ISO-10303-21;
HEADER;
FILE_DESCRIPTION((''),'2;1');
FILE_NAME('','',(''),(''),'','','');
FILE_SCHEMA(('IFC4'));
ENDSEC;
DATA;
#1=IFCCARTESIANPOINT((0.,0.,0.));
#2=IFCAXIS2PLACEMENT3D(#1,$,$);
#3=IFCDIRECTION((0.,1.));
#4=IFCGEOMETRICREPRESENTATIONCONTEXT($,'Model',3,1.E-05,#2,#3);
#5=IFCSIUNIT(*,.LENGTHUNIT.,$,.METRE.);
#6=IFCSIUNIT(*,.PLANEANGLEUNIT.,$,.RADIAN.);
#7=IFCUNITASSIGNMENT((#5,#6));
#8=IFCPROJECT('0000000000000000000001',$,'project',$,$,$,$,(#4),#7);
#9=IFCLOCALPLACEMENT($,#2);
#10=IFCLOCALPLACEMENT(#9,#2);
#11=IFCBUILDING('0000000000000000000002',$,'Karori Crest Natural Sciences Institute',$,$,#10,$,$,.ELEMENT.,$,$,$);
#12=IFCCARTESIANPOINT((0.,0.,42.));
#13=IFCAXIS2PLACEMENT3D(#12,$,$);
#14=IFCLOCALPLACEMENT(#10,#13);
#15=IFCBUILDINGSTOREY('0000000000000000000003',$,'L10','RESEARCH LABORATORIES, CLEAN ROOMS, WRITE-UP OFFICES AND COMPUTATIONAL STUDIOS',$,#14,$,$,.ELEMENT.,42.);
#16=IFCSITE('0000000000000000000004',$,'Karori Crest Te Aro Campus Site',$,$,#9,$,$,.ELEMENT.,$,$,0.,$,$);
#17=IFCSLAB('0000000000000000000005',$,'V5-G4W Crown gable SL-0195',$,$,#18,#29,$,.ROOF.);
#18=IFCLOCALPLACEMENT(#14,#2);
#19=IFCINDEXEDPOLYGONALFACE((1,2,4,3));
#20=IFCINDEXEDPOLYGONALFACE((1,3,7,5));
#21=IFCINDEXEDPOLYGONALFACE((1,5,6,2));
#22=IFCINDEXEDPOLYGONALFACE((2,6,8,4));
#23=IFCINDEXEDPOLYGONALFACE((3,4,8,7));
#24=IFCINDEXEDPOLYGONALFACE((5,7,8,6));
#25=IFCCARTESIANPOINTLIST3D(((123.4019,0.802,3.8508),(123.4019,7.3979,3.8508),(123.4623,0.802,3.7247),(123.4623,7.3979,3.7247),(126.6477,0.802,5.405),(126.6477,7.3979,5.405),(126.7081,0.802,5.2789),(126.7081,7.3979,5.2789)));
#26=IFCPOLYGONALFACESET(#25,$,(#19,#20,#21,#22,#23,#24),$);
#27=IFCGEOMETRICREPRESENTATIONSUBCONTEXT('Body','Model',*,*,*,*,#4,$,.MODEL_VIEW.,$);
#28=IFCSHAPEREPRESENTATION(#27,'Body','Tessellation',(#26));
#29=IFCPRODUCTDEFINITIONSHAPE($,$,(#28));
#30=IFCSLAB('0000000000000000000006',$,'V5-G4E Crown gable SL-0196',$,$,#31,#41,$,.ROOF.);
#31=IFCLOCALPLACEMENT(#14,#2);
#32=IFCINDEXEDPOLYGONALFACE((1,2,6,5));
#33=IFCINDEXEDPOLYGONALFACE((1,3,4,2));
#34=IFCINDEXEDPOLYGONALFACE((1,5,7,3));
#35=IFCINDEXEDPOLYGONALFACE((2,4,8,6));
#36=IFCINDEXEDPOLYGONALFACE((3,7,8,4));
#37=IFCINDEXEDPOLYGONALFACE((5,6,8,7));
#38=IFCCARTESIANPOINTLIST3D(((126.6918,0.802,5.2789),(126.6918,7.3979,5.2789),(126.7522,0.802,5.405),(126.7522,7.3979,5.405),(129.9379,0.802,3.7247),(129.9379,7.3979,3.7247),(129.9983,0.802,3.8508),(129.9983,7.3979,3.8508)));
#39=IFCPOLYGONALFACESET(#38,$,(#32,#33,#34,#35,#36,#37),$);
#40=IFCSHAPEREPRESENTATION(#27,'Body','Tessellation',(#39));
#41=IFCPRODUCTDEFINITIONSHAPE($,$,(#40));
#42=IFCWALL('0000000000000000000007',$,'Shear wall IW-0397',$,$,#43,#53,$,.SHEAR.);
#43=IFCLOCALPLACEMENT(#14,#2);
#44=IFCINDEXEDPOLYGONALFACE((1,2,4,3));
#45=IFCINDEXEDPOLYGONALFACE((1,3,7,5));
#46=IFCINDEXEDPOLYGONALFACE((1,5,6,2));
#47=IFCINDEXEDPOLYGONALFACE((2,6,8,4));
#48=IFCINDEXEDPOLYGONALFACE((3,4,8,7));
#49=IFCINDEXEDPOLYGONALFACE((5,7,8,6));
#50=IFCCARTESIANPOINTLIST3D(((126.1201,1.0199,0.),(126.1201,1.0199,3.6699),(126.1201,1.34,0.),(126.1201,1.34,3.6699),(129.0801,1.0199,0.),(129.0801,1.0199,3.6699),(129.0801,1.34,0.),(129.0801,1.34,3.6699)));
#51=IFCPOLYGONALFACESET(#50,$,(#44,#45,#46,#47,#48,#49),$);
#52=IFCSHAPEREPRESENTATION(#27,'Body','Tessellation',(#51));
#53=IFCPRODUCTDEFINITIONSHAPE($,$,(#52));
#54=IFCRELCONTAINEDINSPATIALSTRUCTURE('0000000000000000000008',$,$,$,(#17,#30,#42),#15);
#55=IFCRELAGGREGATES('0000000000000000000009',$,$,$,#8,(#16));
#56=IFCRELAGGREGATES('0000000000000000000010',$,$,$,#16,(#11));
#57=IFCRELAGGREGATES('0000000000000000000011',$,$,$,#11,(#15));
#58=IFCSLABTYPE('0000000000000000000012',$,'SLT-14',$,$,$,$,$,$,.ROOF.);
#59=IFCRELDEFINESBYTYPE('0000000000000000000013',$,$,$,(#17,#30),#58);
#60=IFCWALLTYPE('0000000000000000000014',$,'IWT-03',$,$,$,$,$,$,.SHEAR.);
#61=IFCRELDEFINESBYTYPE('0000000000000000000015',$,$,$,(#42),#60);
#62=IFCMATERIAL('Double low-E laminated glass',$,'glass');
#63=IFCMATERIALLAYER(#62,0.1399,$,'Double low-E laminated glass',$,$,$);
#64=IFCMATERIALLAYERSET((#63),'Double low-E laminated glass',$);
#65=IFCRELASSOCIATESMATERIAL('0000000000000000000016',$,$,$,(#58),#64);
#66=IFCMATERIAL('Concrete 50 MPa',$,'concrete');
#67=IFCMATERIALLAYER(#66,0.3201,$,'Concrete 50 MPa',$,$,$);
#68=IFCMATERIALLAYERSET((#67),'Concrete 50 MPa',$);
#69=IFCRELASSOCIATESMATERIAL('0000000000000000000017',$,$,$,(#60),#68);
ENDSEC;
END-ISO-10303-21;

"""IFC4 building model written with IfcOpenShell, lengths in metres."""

from ifc_helpers import new_model, si_unit, direction, frame, frame_2d, origin, place, context, subcontext, project, spatial, polyline, rectangle, outline, extrude, material, layer, layer_set, type_object, element, save


model = new_model("IFC4")

# Units and contexts
model_context = context("Model", 3, precision=1e-05, world=origin(), true_north=direction((0.0, 1.0)))
body_context = subcontext(model_context, "Body", "Model", "MODEL_VIEW")
ifc_project = project(units=[si_unit("LENGTHUNIT", "METRE"), si_unit("PLANEANGLEUNIT", "RADIAN")], contexts=[model_context])

# Site, building, storey
site_placement = place(None, origin())
site = spatial("IfcSite", under=ifc_project, at=site_placement, Name="Karori Crest Te Aro Campus Site", CompositionType="ELEMENT", RefElevation=0.0)
building_placement = place(site_placement, origin())
building = spatial("IfcBuilding", under=site, at=building_placement, Name="Karori Crest Natural Sciences Institute", CompositionType="ELEMENT")
storey_placement = place(building_placement, frame((0.0, 0.0, 42.0)))
storey = spatial("IfcBuildingStorey", under=building, at=storey_placement, Name="L10", Description="RESEARCH LABORATORIES, CLEAN ROOMS, WRITE-UP OFFICES AND COMPUTATIONAL STUDIOS", CompositionType="ELEMENT", Elevation=42.0)

# Shared definitions
ifc_material_1 = material(Name="Concrete 50 MPa", Category="concrete")

# Slabs
ifc_material_2 = material(Name="Double low-E laminated glass", Category="glass")
ifc_layer_1 = layer(ifc_material_2, 0.1399, Name="Double low-E laminated glass")
ifc_layer_set_1 = layer_set([ifc_layer_1], Name="Double low-E laminated glass")
slab_type = type_object("IfcSlabType", Name="SLT-14", PredefinedType="ROOF", material=ifc_layer_set_1)
slab_1_placement = place(storey_placement, frame((123.4019, 0.802, 3.8508), z_axis=(-0.431871, 0.0, 0.901936), x_axis=(0.901936, 0.0, 0.431871)))
element("IfcSlab", 1, at=slab_1_placement, inside=storey, type_object=slab_type, Name="V5-G4W Crown gable SL-0195", PredefinedType="ROOF", context=body_context, shape_type="SweptSolid", body=[
    extrude(outline(polyline([(0.0, 0.0), (3.5988, 0.0), (3.5988, 6.5959), (0.0, 6.5959), (0.0, 0.0)])), origin(), (0.0, 0.0, -1.0), 0.1399),
])
slab_2_placement = place(storey_placement, frame((126.7522, 0.802, 5.405), z_axis=(0.431844, 0.0, 0.901948), x_axis=(0.901948, 0.0, -0.431844)))
element("IfcSlab", 2, at=slab_2_placement, inside=storey, type_object=slab_type, Name="V5-G4E Crown gable SL-0196", PredefinedType="ROOF", context=body_context, shape_type="SweptSolid", body=[
    extrude(outline(polyline([(0.0, 0.0), (3.599, 0.0), (3.599, 6.5959), (0.0, 6.5959), (0.0, 0.0)])), origin(), (0.0, 0.0, -1.0), 0.1399),
])

# Wall
ifc_layer_2 = layer(ifc_material_1, 0.3201, Name="Concrete 50 MPa")
ifc_layer_set_2 = layer_set([ifc_layer_2], Name="Concrete 50 MPa")
wall_type = type_object("IfcWallType", Name="IWT-03", PredefinedType="SHEAR", material=ifc_layer_set_2)
wall_placement = place(storey_placement, frame((126.1201, 1.1799, 0.0), z_axis=(0.0, 0.0, 1.0), x_axis=(1.0, 0.0, 0.0)))
element("IfcWall", 3, at=wall_placement, inside=storey, type_object=wall_type, Name="Shear wall IW-0397", PredefinedType="SHEAR", context=body_context, shape_type="SweptSolid", body=[
    extrude(rectangle(XDim=2.96, YDim=0.3201, at=frame_2d((1.48, 0.0))), origin(), (0.0, 0.0, 1.0), 3.6699),
])

save(model, "model.ifc")
